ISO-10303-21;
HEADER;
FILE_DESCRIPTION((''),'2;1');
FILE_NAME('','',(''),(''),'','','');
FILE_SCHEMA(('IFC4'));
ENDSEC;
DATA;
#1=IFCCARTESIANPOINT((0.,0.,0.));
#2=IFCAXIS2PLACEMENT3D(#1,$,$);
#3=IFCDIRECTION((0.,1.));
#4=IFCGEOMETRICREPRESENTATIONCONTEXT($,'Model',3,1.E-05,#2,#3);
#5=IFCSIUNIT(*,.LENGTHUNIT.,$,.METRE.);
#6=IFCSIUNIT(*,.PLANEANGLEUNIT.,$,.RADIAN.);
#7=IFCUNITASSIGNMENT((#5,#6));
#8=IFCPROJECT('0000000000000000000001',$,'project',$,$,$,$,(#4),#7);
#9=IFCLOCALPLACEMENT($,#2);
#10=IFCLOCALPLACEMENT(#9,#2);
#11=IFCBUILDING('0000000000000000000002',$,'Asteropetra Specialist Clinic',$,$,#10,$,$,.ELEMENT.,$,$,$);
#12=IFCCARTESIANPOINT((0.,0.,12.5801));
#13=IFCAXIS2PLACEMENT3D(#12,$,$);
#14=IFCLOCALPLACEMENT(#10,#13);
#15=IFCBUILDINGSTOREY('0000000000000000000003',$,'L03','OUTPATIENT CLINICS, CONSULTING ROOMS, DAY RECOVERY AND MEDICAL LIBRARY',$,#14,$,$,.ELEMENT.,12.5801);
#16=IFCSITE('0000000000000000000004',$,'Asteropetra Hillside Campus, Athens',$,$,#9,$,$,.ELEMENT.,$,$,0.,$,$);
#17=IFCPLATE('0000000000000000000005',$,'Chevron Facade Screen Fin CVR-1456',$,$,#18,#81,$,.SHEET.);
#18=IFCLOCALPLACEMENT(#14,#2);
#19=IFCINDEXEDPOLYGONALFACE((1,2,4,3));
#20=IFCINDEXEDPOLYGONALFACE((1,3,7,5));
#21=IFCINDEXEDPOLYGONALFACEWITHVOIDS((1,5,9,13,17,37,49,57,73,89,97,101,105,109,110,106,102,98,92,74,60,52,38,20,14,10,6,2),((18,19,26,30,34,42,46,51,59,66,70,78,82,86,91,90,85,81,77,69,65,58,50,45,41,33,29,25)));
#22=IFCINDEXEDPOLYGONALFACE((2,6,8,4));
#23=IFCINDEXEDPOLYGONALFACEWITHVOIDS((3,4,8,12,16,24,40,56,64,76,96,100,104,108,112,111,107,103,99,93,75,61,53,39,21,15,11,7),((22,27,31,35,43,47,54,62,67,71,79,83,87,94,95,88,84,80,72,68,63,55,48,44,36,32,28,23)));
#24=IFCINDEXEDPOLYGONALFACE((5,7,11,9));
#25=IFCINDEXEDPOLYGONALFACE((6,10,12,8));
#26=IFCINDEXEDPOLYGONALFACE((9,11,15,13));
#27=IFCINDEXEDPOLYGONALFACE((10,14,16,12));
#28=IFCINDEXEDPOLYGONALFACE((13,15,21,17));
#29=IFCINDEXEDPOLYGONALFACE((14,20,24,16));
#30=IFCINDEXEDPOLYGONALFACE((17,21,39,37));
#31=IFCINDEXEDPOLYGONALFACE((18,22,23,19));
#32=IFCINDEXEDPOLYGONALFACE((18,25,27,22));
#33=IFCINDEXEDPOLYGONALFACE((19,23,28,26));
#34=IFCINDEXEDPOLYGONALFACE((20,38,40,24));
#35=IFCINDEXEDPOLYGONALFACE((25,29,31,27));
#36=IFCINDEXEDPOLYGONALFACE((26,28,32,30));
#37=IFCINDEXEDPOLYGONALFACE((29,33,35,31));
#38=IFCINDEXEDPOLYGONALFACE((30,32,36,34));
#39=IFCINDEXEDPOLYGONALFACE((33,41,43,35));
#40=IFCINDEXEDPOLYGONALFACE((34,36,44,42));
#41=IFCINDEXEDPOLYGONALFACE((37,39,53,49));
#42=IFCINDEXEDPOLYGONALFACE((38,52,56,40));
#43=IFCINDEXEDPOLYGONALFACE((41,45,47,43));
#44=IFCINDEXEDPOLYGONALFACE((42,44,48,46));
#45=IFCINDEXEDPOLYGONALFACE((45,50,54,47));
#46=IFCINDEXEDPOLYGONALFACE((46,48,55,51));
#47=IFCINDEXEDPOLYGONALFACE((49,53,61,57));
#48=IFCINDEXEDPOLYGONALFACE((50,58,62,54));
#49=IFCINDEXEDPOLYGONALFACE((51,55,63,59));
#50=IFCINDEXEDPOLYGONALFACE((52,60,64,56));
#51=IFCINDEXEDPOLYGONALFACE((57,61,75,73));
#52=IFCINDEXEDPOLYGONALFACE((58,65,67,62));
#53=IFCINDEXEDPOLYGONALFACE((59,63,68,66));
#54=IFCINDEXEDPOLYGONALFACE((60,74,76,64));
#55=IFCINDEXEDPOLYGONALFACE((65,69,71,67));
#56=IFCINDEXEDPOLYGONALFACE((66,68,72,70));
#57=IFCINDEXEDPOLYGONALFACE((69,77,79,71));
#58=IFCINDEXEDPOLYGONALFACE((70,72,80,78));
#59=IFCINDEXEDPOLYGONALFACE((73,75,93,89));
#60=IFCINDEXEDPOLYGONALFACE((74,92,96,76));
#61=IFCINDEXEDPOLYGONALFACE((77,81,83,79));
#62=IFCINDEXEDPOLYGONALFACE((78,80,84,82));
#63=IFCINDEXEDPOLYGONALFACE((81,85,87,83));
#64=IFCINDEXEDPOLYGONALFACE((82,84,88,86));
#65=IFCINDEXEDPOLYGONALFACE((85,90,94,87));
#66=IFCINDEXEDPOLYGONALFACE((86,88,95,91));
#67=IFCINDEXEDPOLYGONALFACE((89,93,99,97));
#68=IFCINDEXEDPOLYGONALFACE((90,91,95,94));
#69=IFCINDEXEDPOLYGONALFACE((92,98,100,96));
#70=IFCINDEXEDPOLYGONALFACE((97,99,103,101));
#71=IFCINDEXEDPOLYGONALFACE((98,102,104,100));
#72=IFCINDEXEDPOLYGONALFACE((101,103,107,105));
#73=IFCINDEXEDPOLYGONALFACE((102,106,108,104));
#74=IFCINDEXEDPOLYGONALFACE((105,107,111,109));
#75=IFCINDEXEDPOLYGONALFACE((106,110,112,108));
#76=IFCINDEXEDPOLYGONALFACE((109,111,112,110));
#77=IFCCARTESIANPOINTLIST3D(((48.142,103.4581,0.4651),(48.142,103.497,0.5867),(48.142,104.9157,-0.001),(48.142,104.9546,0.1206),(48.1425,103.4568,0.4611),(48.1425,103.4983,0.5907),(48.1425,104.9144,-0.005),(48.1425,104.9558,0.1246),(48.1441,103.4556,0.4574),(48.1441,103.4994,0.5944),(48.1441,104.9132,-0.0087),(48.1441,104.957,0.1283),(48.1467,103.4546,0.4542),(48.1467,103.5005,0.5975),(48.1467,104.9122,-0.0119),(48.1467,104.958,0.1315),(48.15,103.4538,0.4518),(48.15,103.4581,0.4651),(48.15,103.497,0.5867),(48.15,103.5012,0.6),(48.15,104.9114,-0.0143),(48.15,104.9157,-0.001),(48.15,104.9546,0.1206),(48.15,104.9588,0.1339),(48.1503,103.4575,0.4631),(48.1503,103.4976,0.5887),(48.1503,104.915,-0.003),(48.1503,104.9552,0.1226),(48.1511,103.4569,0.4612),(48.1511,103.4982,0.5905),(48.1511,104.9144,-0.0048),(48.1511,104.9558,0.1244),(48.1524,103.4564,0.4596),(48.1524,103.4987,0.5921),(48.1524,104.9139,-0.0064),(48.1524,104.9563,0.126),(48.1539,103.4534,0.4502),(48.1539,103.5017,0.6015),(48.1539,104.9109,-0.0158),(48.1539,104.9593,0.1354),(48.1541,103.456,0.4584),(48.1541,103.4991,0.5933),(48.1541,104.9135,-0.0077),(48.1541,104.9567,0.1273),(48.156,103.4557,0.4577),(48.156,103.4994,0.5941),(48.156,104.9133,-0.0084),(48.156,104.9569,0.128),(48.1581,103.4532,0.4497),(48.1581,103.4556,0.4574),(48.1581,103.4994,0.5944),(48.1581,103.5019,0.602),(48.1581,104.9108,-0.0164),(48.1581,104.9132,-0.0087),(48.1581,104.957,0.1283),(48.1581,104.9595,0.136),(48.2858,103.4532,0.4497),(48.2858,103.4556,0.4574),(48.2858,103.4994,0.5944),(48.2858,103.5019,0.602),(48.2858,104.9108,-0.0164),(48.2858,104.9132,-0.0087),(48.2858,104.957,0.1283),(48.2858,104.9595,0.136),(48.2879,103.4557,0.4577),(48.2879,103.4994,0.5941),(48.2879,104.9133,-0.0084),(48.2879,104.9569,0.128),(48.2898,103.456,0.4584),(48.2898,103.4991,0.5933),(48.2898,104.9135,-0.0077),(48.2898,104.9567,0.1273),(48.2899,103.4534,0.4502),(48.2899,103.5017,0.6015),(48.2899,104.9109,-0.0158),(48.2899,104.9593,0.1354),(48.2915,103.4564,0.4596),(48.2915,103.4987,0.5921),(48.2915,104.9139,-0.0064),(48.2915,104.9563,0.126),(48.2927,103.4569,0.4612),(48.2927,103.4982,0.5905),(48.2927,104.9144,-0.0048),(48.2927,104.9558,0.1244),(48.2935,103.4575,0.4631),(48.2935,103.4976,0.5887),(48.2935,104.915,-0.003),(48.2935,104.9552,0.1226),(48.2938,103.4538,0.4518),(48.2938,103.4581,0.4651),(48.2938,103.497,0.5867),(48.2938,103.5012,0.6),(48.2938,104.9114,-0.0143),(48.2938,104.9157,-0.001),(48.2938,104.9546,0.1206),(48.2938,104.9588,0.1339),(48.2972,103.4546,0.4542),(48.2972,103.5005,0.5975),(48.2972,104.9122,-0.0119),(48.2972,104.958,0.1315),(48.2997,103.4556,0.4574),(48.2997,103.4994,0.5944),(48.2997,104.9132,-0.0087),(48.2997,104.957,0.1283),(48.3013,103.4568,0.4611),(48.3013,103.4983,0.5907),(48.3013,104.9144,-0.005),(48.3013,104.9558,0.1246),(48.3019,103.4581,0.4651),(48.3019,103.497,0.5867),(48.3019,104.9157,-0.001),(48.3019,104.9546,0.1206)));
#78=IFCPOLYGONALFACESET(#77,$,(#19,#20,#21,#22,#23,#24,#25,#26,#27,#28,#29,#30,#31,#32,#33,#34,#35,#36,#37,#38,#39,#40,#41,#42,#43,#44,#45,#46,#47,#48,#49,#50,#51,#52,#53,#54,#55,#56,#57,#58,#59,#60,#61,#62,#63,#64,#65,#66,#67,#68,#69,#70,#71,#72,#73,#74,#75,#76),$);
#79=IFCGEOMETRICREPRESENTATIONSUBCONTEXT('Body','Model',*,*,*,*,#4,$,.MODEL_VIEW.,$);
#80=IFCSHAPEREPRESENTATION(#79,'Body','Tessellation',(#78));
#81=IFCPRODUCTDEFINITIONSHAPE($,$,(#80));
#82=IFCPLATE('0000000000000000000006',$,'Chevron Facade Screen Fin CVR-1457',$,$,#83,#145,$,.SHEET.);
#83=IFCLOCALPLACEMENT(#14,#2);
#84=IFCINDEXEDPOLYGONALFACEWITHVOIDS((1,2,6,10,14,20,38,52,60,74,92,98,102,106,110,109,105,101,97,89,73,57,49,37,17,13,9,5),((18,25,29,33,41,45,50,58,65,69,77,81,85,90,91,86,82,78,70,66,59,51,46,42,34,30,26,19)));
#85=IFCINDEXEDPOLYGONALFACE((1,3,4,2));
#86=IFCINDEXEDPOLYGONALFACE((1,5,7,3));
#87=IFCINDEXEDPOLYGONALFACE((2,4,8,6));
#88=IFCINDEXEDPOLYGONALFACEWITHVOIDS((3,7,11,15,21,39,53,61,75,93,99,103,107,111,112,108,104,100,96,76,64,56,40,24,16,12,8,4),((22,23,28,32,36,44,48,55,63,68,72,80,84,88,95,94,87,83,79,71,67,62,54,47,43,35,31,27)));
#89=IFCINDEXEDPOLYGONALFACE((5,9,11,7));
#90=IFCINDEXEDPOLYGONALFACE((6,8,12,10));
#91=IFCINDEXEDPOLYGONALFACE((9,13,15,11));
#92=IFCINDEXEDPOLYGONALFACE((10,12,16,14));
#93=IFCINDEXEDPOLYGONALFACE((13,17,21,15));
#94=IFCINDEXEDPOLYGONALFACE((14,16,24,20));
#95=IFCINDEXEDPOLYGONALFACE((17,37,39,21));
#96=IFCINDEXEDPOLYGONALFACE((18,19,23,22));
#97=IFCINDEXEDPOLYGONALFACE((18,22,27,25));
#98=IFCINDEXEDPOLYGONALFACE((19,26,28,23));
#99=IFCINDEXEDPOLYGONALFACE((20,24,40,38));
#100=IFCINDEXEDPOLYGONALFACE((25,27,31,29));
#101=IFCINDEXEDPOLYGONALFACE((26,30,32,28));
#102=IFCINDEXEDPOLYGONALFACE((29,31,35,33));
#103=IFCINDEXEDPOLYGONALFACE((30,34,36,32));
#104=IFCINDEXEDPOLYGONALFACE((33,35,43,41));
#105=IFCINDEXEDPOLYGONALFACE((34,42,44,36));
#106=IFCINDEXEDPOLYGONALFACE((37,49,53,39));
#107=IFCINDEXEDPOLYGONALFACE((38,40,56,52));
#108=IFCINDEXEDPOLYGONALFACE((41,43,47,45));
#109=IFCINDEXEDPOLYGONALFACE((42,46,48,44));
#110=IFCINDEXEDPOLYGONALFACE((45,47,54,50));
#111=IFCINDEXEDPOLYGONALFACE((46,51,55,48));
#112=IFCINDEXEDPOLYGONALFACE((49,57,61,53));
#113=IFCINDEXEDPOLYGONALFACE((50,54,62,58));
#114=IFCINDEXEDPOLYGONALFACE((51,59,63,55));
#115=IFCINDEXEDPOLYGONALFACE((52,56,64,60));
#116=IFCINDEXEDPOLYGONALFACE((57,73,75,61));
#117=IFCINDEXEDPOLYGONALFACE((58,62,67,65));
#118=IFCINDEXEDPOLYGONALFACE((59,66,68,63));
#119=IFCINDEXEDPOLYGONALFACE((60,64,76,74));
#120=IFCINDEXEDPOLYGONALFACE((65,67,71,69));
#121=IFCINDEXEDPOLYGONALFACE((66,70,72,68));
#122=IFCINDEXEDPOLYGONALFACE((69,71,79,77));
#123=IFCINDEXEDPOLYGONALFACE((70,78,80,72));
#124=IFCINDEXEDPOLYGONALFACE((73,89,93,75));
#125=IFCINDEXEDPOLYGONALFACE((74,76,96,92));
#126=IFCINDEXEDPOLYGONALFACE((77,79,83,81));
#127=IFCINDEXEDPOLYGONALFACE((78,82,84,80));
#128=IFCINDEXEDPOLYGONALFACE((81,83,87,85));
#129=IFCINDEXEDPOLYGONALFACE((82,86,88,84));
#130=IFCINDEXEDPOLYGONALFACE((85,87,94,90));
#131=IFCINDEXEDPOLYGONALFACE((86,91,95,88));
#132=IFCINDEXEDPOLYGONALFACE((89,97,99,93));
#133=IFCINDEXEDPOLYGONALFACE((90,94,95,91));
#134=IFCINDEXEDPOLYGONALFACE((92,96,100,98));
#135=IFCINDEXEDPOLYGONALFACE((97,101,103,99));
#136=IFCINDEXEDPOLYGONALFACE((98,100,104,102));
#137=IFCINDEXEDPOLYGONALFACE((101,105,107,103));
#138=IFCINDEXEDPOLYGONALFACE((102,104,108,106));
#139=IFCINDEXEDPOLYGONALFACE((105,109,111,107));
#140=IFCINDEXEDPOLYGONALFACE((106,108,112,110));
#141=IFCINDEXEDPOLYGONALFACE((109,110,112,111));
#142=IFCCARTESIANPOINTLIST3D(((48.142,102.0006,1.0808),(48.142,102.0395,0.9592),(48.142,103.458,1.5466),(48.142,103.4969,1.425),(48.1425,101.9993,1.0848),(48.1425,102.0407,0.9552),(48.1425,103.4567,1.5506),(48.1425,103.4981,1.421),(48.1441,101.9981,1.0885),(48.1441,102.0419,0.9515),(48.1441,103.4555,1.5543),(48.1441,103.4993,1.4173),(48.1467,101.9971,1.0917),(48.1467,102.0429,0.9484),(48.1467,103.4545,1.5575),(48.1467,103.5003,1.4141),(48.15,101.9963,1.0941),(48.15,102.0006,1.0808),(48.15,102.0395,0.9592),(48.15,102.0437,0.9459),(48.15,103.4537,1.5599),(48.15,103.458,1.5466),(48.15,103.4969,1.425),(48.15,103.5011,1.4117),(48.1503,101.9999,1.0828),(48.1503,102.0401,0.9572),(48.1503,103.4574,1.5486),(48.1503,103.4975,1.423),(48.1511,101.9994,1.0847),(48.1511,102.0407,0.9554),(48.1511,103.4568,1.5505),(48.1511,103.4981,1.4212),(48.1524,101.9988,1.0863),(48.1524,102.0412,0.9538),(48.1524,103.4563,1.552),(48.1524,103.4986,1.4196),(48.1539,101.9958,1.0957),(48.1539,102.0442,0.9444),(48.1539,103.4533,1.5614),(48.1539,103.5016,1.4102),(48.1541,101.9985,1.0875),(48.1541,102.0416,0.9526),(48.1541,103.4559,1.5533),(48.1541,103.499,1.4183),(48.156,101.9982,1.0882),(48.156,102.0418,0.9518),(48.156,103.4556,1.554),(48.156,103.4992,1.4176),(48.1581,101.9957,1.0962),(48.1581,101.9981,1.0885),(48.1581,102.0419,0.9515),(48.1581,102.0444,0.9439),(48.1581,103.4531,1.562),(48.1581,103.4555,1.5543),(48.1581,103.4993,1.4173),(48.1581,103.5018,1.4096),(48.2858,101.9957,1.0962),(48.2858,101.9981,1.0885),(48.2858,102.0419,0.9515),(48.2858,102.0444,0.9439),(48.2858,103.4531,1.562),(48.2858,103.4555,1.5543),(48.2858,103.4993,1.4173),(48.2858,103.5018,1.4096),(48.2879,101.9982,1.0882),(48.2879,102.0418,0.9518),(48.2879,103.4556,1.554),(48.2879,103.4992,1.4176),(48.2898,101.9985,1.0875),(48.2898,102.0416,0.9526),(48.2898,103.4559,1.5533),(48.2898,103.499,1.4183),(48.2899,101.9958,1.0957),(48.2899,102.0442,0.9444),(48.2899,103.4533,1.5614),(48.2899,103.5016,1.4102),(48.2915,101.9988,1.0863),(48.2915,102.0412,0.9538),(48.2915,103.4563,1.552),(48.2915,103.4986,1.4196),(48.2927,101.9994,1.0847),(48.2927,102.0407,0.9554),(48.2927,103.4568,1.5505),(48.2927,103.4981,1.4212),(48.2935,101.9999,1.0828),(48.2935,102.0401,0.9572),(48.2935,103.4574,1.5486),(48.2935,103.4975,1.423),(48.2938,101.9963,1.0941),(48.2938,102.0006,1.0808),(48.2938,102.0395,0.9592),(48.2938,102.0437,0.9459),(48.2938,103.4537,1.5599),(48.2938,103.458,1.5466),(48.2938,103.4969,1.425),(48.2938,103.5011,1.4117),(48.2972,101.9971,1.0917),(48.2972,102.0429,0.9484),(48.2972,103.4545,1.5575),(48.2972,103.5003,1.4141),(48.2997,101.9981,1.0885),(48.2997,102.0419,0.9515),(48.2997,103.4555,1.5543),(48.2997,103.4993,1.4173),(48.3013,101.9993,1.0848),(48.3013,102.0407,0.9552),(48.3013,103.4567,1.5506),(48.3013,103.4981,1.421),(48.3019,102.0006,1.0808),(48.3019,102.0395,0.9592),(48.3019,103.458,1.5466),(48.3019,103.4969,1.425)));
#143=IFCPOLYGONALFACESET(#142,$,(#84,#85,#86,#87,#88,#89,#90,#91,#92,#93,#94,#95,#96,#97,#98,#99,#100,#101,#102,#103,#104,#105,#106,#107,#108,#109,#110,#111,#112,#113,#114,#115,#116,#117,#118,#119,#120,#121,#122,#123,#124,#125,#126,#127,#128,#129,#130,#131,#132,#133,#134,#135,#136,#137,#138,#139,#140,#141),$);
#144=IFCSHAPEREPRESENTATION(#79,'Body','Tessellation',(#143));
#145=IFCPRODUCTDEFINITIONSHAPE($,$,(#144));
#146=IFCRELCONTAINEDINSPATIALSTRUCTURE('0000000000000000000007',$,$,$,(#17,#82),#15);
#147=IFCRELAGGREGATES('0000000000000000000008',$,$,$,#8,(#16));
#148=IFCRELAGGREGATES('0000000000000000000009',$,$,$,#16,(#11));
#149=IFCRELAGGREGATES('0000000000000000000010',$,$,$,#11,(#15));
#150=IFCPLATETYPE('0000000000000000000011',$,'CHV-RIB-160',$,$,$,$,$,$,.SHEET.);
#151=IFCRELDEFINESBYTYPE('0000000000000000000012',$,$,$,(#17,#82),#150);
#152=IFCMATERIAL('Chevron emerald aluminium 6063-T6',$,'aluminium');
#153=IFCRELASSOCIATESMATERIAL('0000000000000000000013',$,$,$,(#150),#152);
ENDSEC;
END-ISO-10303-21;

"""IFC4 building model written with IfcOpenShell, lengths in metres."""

from ifc_helpers import new_model, si_unit, direction, frame, origin, origin_2d, place, context, subcontext, project, spatial, hollow_rectangle, extrude, material, material_profile, profile_set, type_object, element, save


model = new_model("IFC4")

# Units and contexts
model_context = context("Model", 3, precision=1e-05, world=origin(), true_north=direction((0.0, 1.0)))
body_context = subcontext(model_context, "Body", "Model", "MODEL_VIEW")
ifc_project = project(units=[si_unit("LENGTHUNIT", "METRE"), si_unit("PLANEANGLEUNIT", "RADIAN")], contexts=[model_context])

# Site, building, storey
site_placement = place(None, origin())
site = spatial("IfcSite", under=ifc_project, at=site_placement, Name="Asteropetra Hillside Campus, Athens", CompositionType="ELEMENT", RefElevation=0.0)
building_placement = place(site_placement, origin())
building = spatial("IfcBuilding", under=site, at=building_placement, Name="Asteropetra Specialist Clinic", CompositionType="ELEMENT")
storey_placement = place(building_placement, frame((0.0, 0.0, 12.5801)))
storey = spatial("IfcBuildingStorey", under=building, at=storey_placement, Name="L03", Description="OUTPATIENT CLINICS, CONSULTING ROOMS, DAY RECOVERY AND MEDICAL LIBRARY", CompositionType="ELEMENT", Elevation=12.5801)

# Plates
ifc_material_1 = material(Name="Chevron emerald aluminium 6063-T6", Category="aluminium")
ifc_material_profile_1 = material_profile(ifc_material_1, hollow_rectangle(XDim=0.1599, YDim=0.1599, WallThickness=0.0081, InnerFilletRadius=0.0081, OuterFilletRadius=0.0161, at=origin_2d()), Name="SHS 160x160x8.0")
ifc_profile_set_1 = profile_set([ifc_material_profile_1], Name="Chevron emerald aluminium 6063-T6")
plate_type = type_object("IfcPlateType", Name="CHV-RIB-160", PredefinedType="SHEET", material=ifc_profile_set_1)
for number, where, z_axis, x_axis, name in (
    (1, (48.2219, 103.4775, 0.5259), (0.0, 0.952489, -0.304573), (-1.0, 0.0, 0.0), "Chevron Facade Screen Fin CVR-1456"),
):
    element("IfcPlate", number, at=place(storey_placement, frame(where, z_axis=z_axis, x_axis=x_axis)), inside=storey, type_object=plate_type, Name=name, PredefinedType="SHEET", context=body_context, shape_type="SweptSolid", body=[
        extrude(hollow_rectangle(XDim=0.1599, YDim=0.1599, WallThickness=0.0081, InnerFilletRadius=0.0081, OuterFilletRadius=0.0161, at=origin_2d()), origin(), (0.0, 0.0, 1.0), 1.5303),
    ])
for number, where, z_axis, x_axis, name in (
    (2, (48.2219, 102.02, 1.02), (0.0, 0.952535, 0.304428), (-1.0, 0.0, 0.0), "Chevron Facade Screen Fin CVR-1457"),
):
    element("IfcPlate", number, at=place(storey_placement, frame(where, z_axis=z_axis, x_axis=x_axis)), inside=storey, type_object=plate_type, Name=name, PredefinedType="SHEET", context=body_context, shape_type="SweptSolid", body=[
        extrude(hollow_rectangle(XDim=0.1599, YDim=0.1599, WallThickness=0.0081, InnerFilletRadius=0.0081, OuterFilletRadius=0.0161, at=origin_2d()), origin(), (0.0, 0.0, 1.0), 1.53),
    ])

save(model, "model.ifc")
